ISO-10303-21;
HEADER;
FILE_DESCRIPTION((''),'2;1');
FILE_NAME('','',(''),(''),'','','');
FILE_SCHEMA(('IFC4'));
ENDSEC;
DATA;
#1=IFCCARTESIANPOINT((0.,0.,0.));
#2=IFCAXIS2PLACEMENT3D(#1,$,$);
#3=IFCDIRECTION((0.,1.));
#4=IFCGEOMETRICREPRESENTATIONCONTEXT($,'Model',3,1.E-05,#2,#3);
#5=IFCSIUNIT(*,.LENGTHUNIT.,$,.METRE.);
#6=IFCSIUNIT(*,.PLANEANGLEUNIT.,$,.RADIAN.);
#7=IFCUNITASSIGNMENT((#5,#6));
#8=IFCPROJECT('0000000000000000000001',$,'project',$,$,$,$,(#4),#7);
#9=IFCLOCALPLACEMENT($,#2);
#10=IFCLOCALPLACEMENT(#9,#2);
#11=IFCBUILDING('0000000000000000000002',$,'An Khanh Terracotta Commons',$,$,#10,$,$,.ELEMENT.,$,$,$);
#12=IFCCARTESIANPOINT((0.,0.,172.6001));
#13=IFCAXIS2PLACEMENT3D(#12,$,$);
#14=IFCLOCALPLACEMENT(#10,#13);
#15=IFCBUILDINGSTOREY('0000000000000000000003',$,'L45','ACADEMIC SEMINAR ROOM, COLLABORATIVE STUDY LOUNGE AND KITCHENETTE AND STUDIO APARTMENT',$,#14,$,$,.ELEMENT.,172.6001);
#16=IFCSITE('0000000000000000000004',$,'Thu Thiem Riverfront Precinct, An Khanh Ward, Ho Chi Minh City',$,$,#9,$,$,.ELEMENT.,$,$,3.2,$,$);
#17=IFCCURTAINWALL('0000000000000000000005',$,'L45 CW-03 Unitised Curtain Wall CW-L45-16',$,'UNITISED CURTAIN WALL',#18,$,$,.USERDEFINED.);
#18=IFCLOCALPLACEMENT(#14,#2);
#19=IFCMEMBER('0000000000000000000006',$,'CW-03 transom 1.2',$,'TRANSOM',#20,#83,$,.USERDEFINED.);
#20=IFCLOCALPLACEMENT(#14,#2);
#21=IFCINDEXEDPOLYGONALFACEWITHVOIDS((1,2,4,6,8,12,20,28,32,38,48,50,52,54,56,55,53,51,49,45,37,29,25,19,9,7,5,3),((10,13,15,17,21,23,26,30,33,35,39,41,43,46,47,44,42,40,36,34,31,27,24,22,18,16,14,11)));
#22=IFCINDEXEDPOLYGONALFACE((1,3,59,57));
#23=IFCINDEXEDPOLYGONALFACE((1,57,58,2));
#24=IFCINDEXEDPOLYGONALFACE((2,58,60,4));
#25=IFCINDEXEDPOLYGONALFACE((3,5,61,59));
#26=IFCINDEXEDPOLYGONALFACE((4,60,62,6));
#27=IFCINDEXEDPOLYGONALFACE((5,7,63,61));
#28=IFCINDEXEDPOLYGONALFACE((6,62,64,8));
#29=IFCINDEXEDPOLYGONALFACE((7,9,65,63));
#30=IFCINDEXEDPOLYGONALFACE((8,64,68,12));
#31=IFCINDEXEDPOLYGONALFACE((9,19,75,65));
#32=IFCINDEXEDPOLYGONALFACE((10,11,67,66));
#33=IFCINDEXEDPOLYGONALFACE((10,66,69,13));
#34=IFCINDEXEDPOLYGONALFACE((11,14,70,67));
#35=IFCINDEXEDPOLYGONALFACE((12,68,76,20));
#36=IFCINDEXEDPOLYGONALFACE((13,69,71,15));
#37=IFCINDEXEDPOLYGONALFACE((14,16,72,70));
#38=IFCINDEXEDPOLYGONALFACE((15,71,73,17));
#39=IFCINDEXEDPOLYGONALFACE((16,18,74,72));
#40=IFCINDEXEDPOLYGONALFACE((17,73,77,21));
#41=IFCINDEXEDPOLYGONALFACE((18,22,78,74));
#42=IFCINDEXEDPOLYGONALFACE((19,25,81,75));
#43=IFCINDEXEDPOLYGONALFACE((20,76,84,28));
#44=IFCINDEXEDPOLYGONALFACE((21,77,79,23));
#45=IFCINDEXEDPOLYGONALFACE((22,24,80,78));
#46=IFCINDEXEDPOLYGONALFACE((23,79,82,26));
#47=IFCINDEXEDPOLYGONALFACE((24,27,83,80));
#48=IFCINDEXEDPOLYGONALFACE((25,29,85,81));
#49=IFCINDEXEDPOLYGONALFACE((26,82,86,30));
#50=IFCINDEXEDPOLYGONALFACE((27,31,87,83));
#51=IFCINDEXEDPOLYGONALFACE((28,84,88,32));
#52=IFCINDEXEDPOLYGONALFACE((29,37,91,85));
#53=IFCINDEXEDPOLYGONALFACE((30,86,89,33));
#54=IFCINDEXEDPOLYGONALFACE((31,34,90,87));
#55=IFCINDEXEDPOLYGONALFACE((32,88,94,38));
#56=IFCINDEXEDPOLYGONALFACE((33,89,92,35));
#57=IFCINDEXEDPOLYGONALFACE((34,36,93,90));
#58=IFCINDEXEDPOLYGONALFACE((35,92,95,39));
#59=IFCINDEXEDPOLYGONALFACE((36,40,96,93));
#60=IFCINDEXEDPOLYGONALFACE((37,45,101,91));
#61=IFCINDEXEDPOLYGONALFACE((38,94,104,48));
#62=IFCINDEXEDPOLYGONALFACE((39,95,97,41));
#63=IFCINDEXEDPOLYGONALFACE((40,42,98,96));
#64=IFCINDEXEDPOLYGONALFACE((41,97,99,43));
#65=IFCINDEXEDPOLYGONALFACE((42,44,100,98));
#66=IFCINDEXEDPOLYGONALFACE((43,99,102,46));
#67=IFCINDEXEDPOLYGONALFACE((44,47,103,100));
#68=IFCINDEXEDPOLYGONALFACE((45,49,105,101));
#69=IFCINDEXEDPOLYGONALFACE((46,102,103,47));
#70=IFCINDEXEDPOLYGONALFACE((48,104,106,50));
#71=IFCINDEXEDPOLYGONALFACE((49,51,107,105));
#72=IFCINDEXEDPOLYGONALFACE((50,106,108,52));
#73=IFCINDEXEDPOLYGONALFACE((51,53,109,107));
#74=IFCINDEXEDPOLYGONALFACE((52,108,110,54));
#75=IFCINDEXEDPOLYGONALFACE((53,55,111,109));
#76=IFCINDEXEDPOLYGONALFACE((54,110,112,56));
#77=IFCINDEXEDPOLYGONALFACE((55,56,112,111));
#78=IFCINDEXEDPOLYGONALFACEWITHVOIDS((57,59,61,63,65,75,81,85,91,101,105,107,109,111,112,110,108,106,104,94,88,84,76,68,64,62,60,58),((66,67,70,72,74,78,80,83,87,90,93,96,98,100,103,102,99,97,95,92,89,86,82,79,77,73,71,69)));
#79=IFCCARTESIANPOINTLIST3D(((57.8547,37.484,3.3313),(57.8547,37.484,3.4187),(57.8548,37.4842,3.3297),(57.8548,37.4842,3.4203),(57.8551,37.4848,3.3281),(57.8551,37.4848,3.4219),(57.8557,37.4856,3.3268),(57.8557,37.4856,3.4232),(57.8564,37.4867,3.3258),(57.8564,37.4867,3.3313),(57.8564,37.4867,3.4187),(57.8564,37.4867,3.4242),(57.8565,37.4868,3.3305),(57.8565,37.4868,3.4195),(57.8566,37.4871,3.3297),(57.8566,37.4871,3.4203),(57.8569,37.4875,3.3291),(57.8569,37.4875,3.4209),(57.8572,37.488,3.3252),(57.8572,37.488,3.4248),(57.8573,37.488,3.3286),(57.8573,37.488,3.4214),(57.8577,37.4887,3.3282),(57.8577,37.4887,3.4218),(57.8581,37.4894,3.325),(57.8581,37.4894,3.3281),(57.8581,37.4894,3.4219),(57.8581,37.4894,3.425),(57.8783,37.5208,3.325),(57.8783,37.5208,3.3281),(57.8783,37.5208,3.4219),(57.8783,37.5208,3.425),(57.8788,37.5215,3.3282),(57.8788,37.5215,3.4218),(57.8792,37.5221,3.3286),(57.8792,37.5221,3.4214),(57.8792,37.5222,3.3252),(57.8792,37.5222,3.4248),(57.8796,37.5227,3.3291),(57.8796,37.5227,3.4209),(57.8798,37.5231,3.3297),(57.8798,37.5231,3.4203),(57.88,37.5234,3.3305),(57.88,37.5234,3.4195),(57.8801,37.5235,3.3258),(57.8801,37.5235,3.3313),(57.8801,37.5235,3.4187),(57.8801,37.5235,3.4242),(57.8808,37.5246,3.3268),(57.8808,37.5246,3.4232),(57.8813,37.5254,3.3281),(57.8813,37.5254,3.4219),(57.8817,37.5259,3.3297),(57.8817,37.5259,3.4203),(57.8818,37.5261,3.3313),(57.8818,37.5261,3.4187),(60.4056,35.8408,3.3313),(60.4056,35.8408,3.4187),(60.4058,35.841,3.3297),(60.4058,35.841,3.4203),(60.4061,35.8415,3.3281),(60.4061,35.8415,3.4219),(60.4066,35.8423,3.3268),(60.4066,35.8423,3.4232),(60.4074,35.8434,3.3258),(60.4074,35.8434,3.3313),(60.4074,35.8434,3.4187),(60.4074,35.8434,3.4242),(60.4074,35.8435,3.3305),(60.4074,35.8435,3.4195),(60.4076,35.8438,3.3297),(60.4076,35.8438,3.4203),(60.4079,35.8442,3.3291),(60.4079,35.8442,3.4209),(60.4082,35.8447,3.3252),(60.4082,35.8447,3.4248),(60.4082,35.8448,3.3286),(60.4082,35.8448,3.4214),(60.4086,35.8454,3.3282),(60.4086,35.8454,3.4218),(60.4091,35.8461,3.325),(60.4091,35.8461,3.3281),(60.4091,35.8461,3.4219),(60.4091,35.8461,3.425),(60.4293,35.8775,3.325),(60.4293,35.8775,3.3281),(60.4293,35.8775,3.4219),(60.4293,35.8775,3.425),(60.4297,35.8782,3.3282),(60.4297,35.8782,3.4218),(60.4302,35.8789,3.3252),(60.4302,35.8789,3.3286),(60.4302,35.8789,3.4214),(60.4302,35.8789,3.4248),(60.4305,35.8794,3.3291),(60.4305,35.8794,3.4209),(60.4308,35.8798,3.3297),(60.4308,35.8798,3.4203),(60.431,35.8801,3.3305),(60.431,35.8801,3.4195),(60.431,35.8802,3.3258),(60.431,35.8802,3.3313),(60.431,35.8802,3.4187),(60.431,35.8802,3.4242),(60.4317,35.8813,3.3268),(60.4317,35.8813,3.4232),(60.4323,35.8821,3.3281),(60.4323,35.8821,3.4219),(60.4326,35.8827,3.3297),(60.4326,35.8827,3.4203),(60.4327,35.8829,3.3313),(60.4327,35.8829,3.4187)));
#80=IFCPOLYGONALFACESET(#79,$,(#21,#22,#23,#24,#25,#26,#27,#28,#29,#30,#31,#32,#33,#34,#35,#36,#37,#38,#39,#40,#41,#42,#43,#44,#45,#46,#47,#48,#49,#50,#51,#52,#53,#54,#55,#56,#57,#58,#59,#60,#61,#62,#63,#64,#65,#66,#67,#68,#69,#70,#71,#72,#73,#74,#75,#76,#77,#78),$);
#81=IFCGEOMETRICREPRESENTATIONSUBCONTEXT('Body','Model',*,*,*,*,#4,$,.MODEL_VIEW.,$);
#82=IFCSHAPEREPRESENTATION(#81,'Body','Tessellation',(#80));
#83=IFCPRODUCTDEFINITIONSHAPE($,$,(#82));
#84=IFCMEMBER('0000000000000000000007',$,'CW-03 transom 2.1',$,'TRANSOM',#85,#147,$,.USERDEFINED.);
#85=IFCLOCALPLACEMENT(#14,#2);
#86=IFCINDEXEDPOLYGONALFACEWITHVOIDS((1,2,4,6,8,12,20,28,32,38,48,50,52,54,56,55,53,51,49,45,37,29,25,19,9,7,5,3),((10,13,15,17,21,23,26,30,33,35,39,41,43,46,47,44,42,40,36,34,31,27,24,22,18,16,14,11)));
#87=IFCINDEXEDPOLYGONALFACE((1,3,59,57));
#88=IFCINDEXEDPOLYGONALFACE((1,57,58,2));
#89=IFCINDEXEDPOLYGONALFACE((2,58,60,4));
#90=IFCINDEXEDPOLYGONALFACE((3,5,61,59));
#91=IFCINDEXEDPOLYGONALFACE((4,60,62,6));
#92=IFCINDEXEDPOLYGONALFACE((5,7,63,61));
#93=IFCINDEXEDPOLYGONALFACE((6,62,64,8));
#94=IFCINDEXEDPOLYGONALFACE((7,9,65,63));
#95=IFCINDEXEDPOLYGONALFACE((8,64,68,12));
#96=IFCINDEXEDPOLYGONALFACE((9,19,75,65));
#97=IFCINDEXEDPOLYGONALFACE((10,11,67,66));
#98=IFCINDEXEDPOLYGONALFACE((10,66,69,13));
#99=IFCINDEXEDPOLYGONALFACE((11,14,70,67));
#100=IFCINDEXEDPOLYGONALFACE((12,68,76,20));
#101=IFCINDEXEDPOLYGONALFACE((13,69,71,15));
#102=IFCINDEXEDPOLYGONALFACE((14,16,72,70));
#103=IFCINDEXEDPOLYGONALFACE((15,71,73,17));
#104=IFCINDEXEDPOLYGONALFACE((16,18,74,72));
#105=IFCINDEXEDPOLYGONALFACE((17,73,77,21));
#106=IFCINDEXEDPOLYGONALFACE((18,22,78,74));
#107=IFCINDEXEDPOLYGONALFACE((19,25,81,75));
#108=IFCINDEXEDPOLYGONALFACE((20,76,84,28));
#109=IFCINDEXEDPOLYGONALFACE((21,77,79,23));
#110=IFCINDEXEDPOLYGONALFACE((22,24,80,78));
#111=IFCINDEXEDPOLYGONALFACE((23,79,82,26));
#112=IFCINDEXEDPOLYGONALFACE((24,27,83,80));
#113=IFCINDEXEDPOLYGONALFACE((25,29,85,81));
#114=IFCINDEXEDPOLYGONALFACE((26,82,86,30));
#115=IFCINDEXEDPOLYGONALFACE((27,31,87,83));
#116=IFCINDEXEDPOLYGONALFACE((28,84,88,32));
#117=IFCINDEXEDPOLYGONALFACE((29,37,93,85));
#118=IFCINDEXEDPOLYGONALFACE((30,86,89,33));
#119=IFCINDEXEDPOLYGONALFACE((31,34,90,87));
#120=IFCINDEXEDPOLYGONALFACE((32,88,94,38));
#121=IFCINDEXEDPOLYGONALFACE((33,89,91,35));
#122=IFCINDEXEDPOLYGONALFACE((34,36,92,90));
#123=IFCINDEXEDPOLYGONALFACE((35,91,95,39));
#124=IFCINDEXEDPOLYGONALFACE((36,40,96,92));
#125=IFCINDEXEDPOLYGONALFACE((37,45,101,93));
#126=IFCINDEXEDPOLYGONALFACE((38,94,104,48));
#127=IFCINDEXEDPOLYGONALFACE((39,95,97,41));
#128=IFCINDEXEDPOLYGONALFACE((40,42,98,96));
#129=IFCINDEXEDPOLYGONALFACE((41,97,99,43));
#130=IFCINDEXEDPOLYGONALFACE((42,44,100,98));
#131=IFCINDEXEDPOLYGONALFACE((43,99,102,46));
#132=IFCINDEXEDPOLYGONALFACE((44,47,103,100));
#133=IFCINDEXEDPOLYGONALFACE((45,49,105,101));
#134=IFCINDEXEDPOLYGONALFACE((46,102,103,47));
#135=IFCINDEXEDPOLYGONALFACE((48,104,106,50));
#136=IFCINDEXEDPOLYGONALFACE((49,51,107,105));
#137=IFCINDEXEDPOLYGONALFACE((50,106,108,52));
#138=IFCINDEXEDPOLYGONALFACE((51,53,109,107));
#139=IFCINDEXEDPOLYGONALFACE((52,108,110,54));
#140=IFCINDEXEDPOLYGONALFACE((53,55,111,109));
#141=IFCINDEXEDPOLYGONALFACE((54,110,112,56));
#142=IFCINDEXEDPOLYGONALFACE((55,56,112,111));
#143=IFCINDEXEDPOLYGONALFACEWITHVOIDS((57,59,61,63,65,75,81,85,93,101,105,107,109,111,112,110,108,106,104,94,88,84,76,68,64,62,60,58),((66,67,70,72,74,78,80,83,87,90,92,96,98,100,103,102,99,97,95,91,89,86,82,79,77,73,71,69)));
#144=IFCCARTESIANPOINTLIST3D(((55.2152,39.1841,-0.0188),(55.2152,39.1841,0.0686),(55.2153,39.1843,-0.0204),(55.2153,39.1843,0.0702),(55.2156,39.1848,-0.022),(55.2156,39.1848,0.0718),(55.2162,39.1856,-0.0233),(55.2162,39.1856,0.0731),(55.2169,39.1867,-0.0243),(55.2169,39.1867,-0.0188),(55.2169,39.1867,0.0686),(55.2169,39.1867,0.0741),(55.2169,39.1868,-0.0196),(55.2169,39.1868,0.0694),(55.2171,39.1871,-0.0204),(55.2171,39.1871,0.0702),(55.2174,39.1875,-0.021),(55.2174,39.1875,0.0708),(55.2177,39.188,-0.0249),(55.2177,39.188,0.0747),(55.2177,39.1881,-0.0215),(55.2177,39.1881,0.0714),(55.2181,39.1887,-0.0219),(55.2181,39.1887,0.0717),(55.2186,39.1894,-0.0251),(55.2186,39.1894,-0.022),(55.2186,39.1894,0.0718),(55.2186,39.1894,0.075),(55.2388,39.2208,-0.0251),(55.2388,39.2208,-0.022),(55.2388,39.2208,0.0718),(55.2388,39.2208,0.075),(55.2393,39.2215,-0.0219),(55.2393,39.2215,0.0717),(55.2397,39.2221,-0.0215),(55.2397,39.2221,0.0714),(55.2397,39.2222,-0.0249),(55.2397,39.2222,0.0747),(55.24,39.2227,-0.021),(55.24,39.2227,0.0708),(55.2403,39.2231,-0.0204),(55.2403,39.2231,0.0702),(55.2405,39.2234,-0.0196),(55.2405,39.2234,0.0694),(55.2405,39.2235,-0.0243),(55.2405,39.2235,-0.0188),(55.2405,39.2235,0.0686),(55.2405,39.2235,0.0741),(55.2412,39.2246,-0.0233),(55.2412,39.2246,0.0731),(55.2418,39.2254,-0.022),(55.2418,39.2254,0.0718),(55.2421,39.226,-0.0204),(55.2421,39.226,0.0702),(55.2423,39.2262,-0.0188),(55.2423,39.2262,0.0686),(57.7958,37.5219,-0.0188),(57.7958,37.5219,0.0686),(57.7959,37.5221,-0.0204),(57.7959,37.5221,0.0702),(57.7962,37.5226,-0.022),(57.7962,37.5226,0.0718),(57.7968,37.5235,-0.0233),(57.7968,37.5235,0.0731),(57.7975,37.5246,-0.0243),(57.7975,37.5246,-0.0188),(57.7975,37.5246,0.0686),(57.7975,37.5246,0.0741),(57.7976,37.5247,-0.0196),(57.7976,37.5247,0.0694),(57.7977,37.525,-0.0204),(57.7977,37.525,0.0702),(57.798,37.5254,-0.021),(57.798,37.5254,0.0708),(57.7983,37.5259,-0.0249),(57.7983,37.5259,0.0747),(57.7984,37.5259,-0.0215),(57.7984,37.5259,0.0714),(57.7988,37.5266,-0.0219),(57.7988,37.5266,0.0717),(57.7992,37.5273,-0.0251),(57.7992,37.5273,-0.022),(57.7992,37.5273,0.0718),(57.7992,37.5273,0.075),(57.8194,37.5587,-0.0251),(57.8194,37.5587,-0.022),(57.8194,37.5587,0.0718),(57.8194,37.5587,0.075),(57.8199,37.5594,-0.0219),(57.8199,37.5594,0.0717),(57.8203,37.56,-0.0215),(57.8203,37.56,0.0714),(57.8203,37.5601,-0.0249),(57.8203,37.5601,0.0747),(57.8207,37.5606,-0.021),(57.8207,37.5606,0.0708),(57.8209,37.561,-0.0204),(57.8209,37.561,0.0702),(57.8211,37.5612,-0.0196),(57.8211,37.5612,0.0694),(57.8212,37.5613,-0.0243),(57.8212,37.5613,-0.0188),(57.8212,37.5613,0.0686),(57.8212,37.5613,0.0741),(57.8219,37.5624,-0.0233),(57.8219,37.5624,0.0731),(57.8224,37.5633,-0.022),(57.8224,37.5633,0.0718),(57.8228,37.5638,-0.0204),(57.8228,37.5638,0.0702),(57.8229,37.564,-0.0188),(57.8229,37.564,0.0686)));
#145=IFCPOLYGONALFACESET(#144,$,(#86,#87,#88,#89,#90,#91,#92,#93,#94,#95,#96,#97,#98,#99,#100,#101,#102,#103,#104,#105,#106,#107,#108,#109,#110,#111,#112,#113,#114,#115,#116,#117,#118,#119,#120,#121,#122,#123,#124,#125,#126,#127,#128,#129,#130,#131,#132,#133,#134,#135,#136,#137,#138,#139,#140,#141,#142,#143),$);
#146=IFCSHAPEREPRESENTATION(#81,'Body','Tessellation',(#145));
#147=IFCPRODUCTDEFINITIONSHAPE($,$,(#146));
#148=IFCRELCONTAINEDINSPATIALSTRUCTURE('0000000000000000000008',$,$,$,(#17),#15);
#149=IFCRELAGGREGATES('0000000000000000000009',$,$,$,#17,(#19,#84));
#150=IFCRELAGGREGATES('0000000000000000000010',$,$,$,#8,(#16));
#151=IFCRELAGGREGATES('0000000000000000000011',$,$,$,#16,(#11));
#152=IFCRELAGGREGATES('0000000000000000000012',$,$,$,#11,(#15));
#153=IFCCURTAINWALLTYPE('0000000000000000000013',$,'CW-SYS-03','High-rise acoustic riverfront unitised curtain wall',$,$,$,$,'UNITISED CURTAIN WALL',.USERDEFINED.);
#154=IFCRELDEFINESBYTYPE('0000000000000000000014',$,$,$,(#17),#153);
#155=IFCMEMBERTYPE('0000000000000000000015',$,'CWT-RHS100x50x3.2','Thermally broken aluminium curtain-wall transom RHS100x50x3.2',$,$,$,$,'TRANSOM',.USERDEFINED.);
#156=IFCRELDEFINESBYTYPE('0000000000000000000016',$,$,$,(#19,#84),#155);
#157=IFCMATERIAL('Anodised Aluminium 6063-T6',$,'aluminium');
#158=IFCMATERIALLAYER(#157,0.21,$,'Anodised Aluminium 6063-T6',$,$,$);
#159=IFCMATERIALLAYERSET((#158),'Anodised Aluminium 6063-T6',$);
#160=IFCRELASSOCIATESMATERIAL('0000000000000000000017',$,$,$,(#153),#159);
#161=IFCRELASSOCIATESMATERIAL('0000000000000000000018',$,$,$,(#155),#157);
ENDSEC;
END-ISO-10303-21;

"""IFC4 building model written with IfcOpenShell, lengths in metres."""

from ifc_helpers import new_model, si_unit, direction, frame, origin, origin_2d, place, context, subcontext, project, spatial, hollow_rectangle, extrude, material, layer, layer_set, material_profile, profile_set, type_object, element, aggregate, save


model = new_model("IFC4")

# Units and contexts
model_context = context("Model", 3, precision=1e-05, world=origin(), true_north=direction((0.0, 1.0)))
body_context = subcontext(model_context, "Body", "Model", "MODEL_VIEW")
ifc_project = project(units=[si_unit("LENGTHUNIT", "METRE"), si_unit("PLANEANGLEUNIT", "RADIAN")], contexts=[model_context])

# Site, building, storey
site_placement = place(None, origin())
site = spatial("IfcSite", under=ifc_project, at=site_placement, Name="Thu Thiem Riverfront Precinct, An Khanh Ward, Ho Chi Minh City", CompositionType="ELEMENT", RefElevation=3.2)
building_placement = place(site_placement, origin())
building = spatial("IfcBuilding", under=site, at=building_placement, Name="An Khanh Terracotta Commons", CompositionType="ELEMENT")
storey_placement = place(building_placement, frame((0.0, 0.0, 172.6001)))
storey = spatial("IfcBuildingStorey", under=building, at=storey_placement, Name="L45", Description="ACADEMIC SEMINAR ROOM, COLLABORATIVE STUDY LOUNGE AND KITCHENETTE AND STUDIO APARTMENT", CompositionType="ELEMENT", Elevation=172.6001)

# Shared definitions
ifc_material_1 = material(Name="Anodised Aluminium 6063-T6", Category="aluminium")

# Curtain wall, members
ifc_layer_1 = layer(ifc_material_1, 0.21, Name="Anodised Aluminium 6063-T6")
ifc_layer_set_1 = layer_set([ifc_layer_1], Name="Anodised Aluminium 6063-T6")
curtain_wall_type_1 = type_object("IfcCurtainWallType", Name="CW-SYS-03", Description="High-rise acoustic riverfront unitised curtain wall", ElementType="UNITISED CURTAIN WALL", PredefinedType="USERDEFINED", material=ifc_layer_set_1)
curtain_wall_1_placement = place(storey_placement, origin())
curtain_wall_1 = element("IfcCurtainWall", 1, at=curtain_wall_1_placement, inside=storey, type_object=curtain_wall_type_1, Name="L45 CW-03 Unitised Curtain Wall CW-L45-16", ObjectType="UNITISED CURTAIN WALL", PredefinedType="USERDEFINED")
ifc_material_profile_1 = material_profile(ifc_material_1, hollow_rectangle(XDim=0.05, YDim=0.1001, WallThickness=0.0032, InnerFilletRadius=0.0032, OuterFilletRadius=0.0063, at=origin_2d()), Name="RHS100x50x3.2")
ifc_profile_set_1 = profile_set([ifc_material_profile_1], Name="Anodised Aluminium 6063-T6")
member_type_1 = type_object("IfcMemberType", Name="CWT-RHS100x50x3.2", Description="Thermally broken aluminium curtain-wall transom RHS100x50x3.2", ElementType="TRANSOM", PredefinedType="USERDEFINED", material=ifc_profile_set_1)
member_1_placement = place(storey_placement, frame((60.4192, 35.8618, 3.375), z_axis=(-0.840674, 0.541542, 0.0), x_axis=(-0.541542, -0.840674, 0.0)))
member_1 = element("IfcMember", 2, at=member_1_placement, type_object=member_type_1, Name="CW-03 transom 1.2", ObjectType="TRANSOM", PredefinedType="USERDEFINED", context=body_context, shape_type="SweptSolid", body=[
    extrude(hollow_rectangle(XDim=0.05, YDim=0.1001, WallThickness=0.0032, InnerFilletRadius=0.0032, OuterFilletRadius=0.0063, at=origin_2d()), origin(), (0.0, 0.0, 1.0), 3.0344),
])
member_2_placement = place(storey_placement, frame((57.8093, 37.543, 0.0249), z_axis=(-0.840708, 0.541489, 0.0), x_axis=(-0.541489, -0.840708, 0.0)))
member_2 = element("IfcMember", 3, at=member_2_placement, type_object=member_type_1, Name="CW-03 transom 2.1", ObjectType="TRANSOM", PredefinedType="USERDEFINED", context=body_context, shape_type="SweptSolid", body=[
    extrude(hollow_rectangle(XDim=0.05, YDim=0.1001, WallThickness=0.0032, InnerFilletRadius=0.0032, OuterFilletRadius=0.0063, at=origin_2d()), origin(), (0.0, 0.0, 1.0), 3.0696),
])

aggregate(curtain_wall_1, [member_1, member_2])

save(model, "model.ifc")
